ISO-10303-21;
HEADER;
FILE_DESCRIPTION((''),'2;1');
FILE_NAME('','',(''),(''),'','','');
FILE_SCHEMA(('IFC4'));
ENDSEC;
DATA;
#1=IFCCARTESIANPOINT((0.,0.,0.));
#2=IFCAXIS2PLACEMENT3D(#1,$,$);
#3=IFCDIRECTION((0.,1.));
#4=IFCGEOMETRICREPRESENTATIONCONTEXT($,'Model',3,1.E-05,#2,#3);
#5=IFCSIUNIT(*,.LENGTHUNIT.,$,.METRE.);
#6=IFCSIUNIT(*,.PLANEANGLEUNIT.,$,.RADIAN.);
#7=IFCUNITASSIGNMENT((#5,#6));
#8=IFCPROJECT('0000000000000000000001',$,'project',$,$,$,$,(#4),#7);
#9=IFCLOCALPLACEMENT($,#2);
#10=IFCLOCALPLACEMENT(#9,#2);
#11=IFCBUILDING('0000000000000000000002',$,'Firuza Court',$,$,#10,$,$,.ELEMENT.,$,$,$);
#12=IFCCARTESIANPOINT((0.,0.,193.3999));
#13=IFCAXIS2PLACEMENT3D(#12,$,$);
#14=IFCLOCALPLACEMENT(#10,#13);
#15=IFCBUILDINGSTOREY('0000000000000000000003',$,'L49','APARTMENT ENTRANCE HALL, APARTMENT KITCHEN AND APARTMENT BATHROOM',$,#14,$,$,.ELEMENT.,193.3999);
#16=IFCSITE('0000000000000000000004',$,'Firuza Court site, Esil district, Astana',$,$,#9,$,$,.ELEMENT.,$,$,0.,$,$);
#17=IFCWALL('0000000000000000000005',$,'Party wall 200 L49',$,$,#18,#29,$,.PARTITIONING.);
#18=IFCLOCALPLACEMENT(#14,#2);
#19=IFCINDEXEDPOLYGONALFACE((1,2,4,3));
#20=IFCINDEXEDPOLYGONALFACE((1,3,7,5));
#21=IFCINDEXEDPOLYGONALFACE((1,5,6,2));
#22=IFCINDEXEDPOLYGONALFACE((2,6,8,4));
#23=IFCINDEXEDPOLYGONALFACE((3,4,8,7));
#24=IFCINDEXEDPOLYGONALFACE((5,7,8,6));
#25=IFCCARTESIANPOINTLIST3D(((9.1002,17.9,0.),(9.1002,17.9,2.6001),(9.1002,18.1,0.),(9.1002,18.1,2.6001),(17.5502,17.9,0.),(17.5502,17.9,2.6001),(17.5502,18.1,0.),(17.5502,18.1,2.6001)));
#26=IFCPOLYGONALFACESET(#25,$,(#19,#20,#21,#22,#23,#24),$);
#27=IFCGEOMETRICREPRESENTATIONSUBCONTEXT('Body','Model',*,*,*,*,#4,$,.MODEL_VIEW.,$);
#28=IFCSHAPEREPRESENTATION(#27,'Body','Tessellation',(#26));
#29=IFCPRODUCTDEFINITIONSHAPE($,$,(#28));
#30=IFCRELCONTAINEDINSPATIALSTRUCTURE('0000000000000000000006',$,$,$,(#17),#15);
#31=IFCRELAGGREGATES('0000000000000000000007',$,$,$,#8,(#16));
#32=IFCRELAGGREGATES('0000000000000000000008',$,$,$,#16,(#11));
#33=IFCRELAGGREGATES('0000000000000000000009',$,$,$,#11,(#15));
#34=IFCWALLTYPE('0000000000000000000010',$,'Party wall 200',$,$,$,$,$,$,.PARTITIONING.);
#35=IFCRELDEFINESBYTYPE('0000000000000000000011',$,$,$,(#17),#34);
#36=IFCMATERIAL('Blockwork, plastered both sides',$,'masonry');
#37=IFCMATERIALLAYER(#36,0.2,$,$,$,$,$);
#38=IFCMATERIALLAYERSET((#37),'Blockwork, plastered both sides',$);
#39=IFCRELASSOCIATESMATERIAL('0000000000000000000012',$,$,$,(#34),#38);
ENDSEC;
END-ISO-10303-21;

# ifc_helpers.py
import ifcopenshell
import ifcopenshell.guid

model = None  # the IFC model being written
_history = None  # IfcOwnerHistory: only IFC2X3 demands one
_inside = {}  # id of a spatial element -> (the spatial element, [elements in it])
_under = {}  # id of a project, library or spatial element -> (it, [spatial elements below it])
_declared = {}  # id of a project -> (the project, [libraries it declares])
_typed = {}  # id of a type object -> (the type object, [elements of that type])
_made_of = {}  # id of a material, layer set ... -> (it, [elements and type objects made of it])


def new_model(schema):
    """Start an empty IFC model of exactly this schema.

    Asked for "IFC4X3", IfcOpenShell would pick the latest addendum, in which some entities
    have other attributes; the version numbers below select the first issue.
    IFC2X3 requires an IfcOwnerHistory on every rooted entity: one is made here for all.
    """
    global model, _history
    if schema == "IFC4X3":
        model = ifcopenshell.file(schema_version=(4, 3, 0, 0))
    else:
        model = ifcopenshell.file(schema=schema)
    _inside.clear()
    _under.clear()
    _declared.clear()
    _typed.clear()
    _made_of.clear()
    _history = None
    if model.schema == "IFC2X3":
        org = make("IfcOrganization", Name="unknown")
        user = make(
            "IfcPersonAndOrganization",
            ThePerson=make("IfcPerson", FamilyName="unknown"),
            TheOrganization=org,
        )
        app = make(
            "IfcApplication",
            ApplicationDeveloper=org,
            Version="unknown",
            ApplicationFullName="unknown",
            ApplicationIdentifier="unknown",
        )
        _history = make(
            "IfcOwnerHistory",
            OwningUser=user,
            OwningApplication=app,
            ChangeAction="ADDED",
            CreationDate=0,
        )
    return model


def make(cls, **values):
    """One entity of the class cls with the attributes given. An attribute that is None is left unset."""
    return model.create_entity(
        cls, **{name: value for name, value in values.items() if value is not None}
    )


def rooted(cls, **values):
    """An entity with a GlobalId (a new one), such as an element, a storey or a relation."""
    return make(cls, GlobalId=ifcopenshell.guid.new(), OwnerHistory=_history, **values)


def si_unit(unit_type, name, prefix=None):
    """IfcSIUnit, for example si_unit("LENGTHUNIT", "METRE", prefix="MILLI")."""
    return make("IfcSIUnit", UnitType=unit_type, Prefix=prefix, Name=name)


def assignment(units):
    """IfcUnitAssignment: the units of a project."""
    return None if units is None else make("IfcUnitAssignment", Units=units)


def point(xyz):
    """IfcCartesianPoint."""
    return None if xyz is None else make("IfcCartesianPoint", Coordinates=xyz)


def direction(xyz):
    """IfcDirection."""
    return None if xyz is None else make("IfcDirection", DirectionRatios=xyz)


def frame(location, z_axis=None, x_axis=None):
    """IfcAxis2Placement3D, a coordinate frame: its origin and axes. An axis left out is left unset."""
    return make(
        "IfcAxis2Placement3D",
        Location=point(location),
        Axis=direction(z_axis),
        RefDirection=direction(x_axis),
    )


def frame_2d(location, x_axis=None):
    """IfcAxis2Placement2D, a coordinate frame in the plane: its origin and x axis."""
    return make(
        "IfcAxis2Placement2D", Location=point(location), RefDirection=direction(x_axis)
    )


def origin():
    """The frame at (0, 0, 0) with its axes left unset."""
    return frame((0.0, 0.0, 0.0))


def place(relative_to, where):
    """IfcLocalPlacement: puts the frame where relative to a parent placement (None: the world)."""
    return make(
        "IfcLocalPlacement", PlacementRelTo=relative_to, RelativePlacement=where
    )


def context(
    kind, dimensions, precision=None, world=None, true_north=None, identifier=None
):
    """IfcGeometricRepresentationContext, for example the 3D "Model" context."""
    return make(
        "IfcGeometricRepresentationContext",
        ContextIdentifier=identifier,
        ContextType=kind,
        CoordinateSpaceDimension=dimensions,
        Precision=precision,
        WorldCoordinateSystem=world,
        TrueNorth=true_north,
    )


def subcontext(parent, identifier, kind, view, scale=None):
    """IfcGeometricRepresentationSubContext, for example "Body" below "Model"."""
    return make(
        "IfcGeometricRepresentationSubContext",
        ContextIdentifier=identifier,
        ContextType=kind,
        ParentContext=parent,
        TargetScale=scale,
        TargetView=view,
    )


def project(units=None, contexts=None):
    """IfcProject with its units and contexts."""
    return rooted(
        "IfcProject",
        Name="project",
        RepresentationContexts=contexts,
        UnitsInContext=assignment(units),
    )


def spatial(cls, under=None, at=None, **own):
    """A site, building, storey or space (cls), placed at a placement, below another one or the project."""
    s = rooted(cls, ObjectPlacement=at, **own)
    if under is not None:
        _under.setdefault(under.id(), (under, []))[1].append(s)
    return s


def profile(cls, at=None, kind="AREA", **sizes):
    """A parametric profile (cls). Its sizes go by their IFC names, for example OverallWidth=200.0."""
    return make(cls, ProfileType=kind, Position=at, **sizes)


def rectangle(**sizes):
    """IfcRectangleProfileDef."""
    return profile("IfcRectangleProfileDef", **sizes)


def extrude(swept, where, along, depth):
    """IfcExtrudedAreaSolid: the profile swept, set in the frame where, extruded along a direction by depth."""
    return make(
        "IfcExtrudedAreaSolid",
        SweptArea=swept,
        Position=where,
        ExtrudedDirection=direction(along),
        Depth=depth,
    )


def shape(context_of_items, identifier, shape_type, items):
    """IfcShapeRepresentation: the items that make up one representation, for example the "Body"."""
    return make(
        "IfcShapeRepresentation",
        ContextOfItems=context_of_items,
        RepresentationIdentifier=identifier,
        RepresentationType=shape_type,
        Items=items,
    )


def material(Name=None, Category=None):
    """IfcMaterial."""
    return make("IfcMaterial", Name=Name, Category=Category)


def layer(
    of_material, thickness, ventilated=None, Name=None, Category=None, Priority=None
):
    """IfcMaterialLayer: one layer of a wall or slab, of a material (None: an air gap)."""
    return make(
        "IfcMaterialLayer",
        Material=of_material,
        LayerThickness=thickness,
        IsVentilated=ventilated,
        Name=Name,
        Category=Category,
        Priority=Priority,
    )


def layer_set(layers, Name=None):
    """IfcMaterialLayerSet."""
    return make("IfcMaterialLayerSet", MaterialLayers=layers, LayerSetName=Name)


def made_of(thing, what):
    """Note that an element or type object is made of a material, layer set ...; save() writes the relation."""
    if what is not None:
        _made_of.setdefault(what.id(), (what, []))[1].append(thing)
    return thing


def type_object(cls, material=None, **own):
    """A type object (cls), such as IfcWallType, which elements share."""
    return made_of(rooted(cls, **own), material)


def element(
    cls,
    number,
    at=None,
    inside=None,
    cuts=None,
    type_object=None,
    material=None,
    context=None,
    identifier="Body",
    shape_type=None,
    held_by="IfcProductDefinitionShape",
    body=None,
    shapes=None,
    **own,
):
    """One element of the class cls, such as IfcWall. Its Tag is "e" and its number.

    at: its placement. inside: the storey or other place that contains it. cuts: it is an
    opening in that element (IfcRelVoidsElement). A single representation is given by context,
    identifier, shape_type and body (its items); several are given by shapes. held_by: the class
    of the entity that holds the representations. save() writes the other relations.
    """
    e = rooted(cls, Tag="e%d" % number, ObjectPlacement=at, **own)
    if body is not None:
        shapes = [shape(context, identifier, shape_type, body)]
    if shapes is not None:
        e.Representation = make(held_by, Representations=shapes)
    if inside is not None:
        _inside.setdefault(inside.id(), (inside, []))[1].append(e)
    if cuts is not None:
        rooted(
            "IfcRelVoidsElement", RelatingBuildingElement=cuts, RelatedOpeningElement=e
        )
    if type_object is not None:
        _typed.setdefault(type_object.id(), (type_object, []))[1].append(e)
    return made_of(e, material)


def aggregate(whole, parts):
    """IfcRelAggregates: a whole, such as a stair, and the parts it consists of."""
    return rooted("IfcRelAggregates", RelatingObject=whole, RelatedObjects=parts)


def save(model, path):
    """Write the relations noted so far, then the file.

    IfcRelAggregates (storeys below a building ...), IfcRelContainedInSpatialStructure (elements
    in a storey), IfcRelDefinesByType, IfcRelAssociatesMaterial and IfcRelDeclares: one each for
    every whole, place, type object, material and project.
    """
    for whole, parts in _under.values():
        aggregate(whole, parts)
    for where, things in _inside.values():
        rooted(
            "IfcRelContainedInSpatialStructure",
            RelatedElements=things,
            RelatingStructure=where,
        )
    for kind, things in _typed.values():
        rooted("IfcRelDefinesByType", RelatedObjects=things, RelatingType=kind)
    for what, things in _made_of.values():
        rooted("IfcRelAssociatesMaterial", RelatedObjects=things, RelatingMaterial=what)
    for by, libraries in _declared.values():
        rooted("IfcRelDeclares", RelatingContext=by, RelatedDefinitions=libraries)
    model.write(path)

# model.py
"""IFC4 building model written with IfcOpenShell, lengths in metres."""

from ifc_helpers import new_model, si_unit, direction, frame, frame_2d, origin, place, context, subcontext, project, spatial, rectangle, extrude, material, layer, layer_set, type_object, element, save


model = new_model("IFC4")

# Units and contexts
model_context = context("Model", 3, precision=1e-05, world=origin(), true_north=direction((0.0, 1.0)))
body_context = subcontext(model_context, "Body", "Model", "MODEL_VIEW")
ifc_project = project(units=[si_unit("LENGTHUNIT", "METRE"), si_unit("PLANEANGLEUNIT", "RADIAN")], contexts=[model_context])

# Site, building, storey
site_placement = place(None, origin())
site = spatial("IfcSite", under=ifc_project, at=site_placement, Name="Firuza Court site, Esil district, Astana", CompositionType="ELEMENT", RefElevation=0.0)
building_placement = place(site_placement, origin())
building = spatial("IfcBuilding", under=site, at=building_placement, Name="Firuza Court", CompositionType="ELEMENT")
storey_placement = place(building_placement, frame((0.0, 0.0, 193.3999)))
storey = spatial("IfcBuildingStorey", under=building, at=storey_placement, Name="L49", Description="APARTMENT ENTRANCE HALL, APARTMENT KITCHEN AND APARTMENT BATHROOM", CompositionType="ELEMENT", Elevation=193.3999)

# Shared definitions
ifc_material_1 = material(Name="Blockwork, plastered both sides", Category="masonry")

# Wall
ifc_layer_1 = layer(ifc_material_1, 0.2)
ifc_layer_set_1 = layer_set([ifc_layer_1], Name="Blockwork, plastered both sides")
wall_type_1 = type_object("IfcWallType", Name="Party wall 200", PredefinedType="PARTITIONING", material=ifc_layer_set_1)
wall_1_placement = place(storey_placement, frame((9.1001, 18.0, 0.0), z_axis=(0.0, 0.0, 1.0), x_axis=(1.0, 0.0, 0.0)))
element("IfcWall", 1, at=wall_1_placement, inside=storey, type_object=wall_type_1, Name="Party wall 200 L49", PredefinedType="PARTITIONING", context=body_context, shape_type="SweptSolid", body=[
    extrude(rectangle(XDim=8.45, YDim=0.2, at=frame_2d((4.2251, 0.0))), origin(), (0.0, 0.0, 1.0), 2.6001),
])

save(model, "model.ifc")
